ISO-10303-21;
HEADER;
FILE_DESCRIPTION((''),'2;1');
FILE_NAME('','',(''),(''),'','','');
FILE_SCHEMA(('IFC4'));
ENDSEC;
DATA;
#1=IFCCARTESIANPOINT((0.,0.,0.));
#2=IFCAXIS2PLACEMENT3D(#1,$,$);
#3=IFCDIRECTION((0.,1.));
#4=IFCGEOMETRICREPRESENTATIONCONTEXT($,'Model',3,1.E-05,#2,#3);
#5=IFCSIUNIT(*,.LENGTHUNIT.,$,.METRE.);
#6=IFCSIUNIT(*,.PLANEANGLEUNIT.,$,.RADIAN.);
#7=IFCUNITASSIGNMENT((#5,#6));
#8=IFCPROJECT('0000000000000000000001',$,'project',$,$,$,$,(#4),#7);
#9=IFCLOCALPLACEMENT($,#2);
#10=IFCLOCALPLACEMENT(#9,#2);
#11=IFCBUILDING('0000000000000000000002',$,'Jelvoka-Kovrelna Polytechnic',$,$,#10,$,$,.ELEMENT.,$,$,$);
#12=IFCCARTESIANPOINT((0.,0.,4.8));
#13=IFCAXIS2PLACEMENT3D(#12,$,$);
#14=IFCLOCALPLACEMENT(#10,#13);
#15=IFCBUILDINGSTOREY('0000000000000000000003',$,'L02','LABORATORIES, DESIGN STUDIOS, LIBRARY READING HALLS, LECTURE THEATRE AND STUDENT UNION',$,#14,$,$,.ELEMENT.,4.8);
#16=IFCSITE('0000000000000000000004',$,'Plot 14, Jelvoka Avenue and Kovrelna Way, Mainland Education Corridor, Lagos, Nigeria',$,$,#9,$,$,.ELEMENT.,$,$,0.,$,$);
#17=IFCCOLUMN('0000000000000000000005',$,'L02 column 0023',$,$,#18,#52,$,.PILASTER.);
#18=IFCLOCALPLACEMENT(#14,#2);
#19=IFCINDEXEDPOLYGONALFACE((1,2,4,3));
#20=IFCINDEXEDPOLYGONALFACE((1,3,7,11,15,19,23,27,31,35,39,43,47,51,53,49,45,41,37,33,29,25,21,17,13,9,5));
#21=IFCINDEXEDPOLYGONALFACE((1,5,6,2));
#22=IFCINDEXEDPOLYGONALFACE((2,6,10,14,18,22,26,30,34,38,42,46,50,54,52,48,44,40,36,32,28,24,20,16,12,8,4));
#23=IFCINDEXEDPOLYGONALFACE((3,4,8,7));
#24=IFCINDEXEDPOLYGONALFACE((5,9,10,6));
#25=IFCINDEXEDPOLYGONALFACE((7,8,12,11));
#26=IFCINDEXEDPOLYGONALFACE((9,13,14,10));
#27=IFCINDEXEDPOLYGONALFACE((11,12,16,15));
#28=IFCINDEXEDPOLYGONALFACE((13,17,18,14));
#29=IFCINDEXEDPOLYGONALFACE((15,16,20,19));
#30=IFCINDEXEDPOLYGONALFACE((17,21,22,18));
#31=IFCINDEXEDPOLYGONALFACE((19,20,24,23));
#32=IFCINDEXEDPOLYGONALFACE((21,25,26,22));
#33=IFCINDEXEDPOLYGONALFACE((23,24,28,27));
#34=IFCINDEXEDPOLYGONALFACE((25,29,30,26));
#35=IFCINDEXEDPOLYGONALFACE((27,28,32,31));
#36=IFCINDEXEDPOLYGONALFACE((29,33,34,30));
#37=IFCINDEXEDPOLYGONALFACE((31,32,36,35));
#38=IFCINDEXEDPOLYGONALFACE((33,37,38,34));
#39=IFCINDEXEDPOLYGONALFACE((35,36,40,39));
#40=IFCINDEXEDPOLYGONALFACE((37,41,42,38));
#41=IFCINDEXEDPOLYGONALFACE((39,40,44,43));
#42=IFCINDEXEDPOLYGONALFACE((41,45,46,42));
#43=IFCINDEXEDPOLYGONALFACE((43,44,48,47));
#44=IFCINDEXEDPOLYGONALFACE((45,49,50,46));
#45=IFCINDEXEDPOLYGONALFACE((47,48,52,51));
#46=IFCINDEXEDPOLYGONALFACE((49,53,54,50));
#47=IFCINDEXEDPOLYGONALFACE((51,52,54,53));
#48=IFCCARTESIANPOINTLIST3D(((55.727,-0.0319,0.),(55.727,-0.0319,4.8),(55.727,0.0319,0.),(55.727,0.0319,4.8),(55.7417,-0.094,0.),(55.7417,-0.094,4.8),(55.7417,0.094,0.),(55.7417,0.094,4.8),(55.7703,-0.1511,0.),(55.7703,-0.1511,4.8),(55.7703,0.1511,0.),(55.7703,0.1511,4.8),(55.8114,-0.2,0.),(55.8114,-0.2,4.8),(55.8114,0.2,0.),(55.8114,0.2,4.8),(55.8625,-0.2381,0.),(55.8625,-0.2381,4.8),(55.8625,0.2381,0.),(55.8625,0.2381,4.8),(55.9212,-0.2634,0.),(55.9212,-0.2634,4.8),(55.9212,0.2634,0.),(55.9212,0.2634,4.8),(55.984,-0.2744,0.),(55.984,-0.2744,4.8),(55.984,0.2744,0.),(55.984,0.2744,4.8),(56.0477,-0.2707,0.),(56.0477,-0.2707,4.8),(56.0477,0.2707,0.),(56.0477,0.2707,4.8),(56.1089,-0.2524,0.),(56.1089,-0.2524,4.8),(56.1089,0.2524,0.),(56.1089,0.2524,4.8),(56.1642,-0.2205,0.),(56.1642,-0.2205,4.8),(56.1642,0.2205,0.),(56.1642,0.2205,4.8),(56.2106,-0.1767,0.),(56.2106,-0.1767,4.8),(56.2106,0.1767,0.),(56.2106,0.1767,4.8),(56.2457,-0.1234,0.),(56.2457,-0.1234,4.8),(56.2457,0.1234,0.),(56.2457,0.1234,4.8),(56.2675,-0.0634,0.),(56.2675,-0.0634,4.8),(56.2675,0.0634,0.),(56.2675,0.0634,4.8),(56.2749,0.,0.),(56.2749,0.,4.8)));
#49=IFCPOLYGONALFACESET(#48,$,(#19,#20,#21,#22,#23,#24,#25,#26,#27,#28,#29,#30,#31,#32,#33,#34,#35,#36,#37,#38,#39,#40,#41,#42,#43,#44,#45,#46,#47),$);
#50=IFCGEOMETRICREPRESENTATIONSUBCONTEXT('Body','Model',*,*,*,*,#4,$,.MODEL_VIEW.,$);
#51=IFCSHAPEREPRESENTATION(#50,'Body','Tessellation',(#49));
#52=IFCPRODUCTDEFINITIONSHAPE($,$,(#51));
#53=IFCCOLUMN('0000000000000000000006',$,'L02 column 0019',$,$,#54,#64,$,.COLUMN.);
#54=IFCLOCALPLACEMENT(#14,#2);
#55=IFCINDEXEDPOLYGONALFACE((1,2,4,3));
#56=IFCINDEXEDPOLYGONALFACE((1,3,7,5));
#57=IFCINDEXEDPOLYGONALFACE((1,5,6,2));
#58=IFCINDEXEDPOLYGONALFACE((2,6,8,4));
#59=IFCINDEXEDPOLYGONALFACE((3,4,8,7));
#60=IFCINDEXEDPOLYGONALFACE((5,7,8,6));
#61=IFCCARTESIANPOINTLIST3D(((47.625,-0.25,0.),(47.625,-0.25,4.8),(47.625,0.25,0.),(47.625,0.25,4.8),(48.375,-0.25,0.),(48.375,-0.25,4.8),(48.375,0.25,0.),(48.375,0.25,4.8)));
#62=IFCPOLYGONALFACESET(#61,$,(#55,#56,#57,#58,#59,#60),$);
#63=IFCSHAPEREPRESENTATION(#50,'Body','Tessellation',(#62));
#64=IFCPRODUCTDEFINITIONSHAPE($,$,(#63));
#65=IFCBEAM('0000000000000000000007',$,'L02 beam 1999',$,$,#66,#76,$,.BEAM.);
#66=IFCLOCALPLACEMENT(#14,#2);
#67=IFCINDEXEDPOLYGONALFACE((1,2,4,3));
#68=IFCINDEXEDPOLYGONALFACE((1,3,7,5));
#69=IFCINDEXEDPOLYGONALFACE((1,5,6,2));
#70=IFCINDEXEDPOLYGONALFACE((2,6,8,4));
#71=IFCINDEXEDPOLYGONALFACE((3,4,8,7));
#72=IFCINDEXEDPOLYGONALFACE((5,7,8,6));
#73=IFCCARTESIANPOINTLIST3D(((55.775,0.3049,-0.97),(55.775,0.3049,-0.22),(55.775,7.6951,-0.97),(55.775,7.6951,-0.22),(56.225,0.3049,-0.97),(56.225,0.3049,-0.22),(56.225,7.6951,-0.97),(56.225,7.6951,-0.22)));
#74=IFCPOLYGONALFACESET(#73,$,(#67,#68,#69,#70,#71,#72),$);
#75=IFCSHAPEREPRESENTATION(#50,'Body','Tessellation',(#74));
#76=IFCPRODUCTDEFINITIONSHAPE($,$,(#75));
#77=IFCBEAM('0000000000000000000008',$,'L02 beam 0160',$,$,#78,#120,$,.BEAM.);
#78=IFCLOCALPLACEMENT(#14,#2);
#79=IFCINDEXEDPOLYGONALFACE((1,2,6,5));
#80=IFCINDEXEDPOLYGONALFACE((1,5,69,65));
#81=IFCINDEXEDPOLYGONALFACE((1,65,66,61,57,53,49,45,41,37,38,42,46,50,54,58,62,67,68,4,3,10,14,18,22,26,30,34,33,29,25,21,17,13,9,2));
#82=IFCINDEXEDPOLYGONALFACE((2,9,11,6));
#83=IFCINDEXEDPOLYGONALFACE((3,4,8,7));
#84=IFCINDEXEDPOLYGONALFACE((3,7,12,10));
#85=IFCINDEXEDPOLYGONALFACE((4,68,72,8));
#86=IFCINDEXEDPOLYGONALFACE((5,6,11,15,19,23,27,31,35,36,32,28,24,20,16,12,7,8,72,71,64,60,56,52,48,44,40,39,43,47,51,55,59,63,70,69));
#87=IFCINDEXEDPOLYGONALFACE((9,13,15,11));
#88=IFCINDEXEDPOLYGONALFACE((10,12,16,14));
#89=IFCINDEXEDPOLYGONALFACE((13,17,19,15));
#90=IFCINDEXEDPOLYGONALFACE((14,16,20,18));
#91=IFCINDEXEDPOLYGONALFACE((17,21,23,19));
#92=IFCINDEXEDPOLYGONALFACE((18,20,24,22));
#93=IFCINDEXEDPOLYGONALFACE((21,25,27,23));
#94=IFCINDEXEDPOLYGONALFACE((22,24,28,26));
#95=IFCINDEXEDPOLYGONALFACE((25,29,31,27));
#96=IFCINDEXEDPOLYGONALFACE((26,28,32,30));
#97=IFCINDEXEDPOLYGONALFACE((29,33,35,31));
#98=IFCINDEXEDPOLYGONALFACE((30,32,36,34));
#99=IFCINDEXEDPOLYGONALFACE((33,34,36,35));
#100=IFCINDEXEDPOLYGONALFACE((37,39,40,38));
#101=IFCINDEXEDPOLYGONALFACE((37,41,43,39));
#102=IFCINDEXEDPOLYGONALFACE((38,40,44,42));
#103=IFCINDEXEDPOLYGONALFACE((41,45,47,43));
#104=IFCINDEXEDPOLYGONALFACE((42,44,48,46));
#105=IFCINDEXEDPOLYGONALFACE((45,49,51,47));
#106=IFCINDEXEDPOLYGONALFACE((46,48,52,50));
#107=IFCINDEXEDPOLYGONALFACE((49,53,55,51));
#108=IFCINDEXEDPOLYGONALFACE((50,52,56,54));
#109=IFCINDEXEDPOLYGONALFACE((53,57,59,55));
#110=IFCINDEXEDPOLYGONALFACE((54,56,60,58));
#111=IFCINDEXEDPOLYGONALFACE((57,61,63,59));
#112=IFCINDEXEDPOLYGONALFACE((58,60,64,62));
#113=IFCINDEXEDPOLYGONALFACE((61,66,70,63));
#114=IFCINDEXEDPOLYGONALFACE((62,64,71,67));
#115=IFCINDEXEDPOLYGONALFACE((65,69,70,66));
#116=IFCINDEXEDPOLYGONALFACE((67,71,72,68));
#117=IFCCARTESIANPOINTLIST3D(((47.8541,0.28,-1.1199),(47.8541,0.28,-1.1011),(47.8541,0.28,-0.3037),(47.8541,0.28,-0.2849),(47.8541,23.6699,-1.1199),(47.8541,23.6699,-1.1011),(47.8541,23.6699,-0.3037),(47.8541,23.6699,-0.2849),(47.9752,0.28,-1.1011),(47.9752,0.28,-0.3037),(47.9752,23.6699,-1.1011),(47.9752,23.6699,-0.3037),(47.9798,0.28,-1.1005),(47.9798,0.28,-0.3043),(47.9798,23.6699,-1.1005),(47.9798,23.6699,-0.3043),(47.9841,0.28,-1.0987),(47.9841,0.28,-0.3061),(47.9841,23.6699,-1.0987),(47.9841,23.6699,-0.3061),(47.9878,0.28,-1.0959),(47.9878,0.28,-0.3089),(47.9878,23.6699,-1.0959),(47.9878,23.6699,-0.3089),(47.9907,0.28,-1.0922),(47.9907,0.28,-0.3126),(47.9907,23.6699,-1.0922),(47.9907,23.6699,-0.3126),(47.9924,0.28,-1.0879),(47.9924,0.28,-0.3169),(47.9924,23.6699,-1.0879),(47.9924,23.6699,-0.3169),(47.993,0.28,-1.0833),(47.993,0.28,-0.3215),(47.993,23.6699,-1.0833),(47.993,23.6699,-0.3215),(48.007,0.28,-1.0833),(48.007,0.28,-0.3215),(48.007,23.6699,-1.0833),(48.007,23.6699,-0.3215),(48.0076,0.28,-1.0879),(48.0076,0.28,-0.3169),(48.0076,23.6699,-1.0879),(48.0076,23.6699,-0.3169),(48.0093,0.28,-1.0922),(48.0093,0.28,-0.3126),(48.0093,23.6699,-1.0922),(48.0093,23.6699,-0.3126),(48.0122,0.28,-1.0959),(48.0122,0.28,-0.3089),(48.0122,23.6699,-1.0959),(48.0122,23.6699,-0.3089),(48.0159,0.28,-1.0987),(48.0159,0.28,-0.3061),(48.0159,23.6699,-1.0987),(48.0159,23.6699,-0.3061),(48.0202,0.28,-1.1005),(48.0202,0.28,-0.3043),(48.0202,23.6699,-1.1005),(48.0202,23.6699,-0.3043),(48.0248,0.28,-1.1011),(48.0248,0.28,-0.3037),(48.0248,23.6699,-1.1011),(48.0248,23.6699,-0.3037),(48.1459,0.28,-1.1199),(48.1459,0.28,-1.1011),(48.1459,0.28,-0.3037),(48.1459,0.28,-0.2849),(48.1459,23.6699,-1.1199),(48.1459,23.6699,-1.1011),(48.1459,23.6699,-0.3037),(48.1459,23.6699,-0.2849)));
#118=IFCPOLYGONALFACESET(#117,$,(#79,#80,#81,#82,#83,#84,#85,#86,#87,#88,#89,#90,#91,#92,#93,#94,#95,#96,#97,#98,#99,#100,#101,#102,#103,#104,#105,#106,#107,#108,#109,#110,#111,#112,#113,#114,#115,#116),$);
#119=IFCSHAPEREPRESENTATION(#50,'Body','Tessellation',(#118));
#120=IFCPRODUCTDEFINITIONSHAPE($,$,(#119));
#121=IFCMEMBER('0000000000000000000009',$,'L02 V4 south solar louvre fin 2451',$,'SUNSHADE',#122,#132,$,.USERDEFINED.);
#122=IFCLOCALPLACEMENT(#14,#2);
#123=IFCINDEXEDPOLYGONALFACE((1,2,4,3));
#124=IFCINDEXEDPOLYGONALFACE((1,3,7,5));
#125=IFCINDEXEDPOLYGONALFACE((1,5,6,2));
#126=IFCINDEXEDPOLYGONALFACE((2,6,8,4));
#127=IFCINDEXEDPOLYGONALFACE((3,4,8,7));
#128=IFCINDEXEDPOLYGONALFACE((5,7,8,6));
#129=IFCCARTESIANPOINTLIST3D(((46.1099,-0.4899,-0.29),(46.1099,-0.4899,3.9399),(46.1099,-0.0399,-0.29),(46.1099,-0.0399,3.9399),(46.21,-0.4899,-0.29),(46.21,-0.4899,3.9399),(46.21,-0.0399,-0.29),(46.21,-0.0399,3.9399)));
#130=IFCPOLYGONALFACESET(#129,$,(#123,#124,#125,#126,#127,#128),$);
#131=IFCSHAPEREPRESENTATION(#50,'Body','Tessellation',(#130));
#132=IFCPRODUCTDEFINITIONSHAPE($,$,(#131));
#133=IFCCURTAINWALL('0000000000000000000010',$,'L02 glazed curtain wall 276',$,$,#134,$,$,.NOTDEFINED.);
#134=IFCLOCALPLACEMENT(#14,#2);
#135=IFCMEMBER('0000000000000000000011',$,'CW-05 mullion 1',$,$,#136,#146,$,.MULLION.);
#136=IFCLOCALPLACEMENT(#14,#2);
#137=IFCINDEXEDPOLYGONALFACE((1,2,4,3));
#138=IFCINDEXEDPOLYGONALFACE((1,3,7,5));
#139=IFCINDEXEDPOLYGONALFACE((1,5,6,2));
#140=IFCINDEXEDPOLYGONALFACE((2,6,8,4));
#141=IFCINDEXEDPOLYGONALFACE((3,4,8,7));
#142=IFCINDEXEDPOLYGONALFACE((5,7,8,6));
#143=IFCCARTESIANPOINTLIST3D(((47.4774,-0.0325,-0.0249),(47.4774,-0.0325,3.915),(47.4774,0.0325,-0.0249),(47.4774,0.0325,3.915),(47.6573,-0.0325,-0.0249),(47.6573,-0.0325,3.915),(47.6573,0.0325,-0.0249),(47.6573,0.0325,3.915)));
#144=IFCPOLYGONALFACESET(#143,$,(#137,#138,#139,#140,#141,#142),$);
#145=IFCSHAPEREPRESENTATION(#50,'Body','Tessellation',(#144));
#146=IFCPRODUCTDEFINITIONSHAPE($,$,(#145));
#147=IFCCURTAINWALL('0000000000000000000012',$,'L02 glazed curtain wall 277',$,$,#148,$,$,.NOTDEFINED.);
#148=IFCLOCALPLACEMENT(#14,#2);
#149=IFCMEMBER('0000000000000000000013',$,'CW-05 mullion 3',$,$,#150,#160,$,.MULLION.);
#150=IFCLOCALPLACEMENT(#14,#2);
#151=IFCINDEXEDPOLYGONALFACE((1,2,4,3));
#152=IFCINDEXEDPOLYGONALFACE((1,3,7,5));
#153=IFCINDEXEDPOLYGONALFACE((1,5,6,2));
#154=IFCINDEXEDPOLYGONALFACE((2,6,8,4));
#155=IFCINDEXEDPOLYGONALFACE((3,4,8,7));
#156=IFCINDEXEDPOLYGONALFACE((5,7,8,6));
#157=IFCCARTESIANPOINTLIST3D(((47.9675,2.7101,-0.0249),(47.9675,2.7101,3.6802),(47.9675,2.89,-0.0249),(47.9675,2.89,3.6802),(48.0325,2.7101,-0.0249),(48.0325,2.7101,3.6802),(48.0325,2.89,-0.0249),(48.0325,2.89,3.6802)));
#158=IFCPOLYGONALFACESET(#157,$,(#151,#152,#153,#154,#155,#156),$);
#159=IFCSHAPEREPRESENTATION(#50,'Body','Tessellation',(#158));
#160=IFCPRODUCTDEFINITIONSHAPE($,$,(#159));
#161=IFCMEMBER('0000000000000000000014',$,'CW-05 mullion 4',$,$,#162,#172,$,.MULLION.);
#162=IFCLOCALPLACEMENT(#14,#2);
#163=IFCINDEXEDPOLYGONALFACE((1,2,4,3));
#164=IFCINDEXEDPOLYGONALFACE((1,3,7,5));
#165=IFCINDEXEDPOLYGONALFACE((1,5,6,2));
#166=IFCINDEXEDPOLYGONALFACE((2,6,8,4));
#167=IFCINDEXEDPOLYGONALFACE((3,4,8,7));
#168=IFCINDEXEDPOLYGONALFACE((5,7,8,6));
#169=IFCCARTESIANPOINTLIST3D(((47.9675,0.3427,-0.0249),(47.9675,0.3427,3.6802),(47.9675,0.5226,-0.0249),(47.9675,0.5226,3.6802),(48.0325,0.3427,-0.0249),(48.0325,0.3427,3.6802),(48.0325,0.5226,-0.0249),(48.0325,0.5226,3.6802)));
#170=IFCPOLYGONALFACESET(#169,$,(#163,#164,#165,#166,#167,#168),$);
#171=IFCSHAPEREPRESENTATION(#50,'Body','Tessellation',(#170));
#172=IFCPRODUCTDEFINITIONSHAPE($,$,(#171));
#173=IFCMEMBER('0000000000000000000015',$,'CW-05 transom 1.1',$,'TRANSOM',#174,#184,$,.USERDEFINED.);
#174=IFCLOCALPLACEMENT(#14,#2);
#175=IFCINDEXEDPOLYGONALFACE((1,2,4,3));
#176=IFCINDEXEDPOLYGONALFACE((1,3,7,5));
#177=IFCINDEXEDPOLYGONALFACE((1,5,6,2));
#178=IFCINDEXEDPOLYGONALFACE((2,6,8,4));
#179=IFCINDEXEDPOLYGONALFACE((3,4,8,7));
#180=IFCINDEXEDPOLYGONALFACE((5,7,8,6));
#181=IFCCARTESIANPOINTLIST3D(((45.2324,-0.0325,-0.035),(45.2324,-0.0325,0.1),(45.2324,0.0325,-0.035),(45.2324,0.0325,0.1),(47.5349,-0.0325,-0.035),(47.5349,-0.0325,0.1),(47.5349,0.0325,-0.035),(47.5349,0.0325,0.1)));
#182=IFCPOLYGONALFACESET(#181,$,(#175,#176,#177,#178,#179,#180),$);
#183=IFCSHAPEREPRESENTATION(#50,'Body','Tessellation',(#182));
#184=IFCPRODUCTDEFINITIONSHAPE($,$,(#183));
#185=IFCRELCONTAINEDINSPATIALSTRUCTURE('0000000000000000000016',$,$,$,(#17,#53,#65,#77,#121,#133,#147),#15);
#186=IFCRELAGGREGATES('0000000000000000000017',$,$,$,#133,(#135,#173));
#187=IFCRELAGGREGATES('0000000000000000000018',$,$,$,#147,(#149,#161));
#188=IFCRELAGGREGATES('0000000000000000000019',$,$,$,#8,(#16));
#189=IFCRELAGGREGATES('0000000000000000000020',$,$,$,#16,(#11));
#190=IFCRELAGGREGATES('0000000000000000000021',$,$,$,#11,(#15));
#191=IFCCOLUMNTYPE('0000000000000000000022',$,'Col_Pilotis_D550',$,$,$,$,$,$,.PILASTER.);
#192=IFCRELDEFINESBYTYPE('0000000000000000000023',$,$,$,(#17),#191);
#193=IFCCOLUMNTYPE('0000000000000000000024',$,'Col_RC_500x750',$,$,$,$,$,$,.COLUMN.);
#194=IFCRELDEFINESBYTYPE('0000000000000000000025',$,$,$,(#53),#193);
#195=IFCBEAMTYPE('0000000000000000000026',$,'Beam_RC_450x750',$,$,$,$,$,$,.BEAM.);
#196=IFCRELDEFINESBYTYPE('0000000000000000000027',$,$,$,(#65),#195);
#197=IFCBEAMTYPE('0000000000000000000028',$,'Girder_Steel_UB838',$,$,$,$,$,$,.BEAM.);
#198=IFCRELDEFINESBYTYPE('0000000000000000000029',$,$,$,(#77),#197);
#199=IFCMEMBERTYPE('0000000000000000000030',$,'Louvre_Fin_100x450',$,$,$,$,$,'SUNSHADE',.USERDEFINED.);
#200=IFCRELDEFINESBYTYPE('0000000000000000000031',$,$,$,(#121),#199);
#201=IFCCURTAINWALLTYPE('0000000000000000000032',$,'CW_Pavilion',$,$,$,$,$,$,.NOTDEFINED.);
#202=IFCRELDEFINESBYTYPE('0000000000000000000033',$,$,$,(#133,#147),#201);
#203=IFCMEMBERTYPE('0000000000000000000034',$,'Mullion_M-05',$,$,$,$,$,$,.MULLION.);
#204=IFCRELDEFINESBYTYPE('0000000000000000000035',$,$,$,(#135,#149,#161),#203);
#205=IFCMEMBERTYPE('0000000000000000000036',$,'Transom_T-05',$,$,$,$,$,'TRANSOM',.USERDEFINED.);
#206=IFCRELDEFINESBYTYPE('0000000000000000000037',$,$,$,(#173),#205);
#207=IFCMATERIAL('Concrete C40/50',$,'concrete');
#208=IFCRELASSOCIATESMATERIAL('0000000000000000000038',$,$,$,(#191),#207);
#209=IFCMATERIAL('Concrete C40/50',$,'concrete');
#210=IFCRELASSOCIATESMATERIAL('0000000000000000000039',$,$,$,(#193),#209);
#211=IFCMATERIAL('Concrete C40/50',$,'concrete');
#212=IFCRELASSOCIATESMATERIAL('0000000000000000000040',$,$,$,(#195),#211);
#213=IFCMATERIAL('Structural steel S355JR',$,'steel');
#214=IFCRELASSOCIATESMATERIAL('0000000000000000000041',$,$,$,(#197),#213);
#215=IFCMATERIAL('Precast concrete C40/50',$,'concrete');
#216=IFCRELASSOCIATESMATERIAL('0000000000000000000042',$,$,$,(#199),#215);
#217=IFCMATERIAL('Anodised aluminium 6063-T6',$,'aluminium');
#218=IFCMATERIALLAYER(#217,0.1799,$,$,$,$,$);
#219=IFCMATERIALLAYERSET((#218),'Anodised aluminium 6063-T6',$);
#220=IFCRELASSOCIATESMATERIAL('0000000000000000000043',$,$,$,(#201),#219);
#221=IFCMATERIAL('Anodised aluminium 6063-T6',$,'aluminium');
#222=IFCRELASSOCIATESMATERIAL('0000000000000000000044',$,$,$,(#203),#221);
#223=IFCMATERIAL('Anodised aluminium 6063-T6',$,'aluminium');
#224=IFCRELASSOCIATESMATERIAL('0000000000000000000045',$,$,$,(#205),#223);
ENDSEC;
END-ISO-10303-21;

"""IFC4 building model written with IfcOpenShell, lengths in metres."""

from ifc_helpers import new_model, si_unit, direction, frame, origin, origin_2d, place, context, subcontext, project, spatial, rectangle, circle, i_section, extrude, material, layer, layer_set, material_profile, profile_set, type_object, element, aggregate, save


model = new_model("IFC4")

# Units and contexts
model_context = context("Model", 3, precision=1e-05, world=origin(), true_north=direction((0.0, 1.0)))
body_context = subcontext(model_context, "Body", "Model", "MODEL_VIEW")
ifc_project = project(units=[si_unit("LENGTHUNIT", "METRE"), si_unit("PLANEANGLEUNIT", "RADIAN")], contexts=[model_context])

# Site, building, storey
site_placement = place(None, origin())
site = spatial("IfcSite", under=ifc_project, at=site_placement, Name="Plot 14, Jelvoka Avenue and Kovrelna Way, Mainland Education Corridor, Lagos, Nigeria", CompositionType="ELEMENT", RefElevation=0.0)
building_placement = place(site_placement, origin())
building = spatial("IfcBuilding", under=site, at=building_placement, Name="Jelvoka-Kovrelna Polytechnic", CompositionType="ELEMENT")
storey_placement = place(building_placement, frame((0.0, 0.0, 4.8)))
storey = spatial("IfcBuildingStorey", under=building, at=storey_placement, Name="L02", Description="LABORATORIES, DESIGN STUDIOS, LIBRARY READING HALLS, LECTURE THEATRE AND STUDENT UNION", CompositionType="ELEMENT", Elevation=4.8)

# Columns
ifc_material_1 = material(Name="Concrete C40/50", Category="concrete")
ifc_material_profile_1 = material_profile(ifc_material_1, circle(Radius=0.2749, at=origin_2d()), Name="RC D550")
ifc_profile_set_1 = profile_set([ifc_material_profile_1], Name="Concrete C40/50")
column_type_1 = type_object("IfcColumnType", Name="Col_Pilotis_D550", PredefinedType="PILASTER", material=ifc_profile_set_1)
column_1_placement = place(storey_placement, frame((56.0, 0.0, 0.0), z_axis=(0.0, 0.0, 1.0), x_axis=(1.0, 0.0, 0.0)))
element("IfcColumn", 1, at=column_1_placement, inside=storey, type_object=column_type_1, Name="L02 column 0023", PredefinedType="PILASTER", context=body_context, shape_type="SweptSolid", body=[
    extrude(circle(Radius=0.2749, at=origin_2d()), origin(), (0.0, 0.0, 1.0), 4.8),
])
ifc_material_2 = material(Name="Concrete C40/50", Category="concrete")
ifc_material_profile_2 = material_profile(ifc_material_2, rectangle(XDim=0.5, YDim=0.75, at=origin_2d()), Name="RC 500x750")
ifc_profile_set_2 = profile_set([ifc_material_profile_2], Name="Concrete C40/50")
column_type_2 = type_object("IfcColumnType", Name="Col_RC_500x750", PredefinedType="COLUMN", material=ifc_profile_set_2)
column_2_placement = place(storey_placement, frame((48.0, 0.0, 0.0), z_axis=(0.0, 0.0, 1.0), x_axis=(0.0, 1.0, 0.0)))
element("IfcColumn", 2, at=column_2_placement, inside=storey, type_object=column_type_2, Name="L02 column 0019", PredefinedType="COLUMN", context=body_context, shape_type="SweptSolid", body=[
    extrude(rectangle(XDim=0.5, YDim=0.75, at=origin_2d()), origin(), (0.0, 0.0, 1.0), 4.8),
])

# Beams
ifc_material_3 = material(Name="Concrete C40/50", Category="concrete")
ifc_material_profile_3 = material_profile(ifc_material_3, rectangle(XDim=0.45, YDim=0.75, at=origin_2d()), Name="RC 450x750")
ifc_profile_set_3 = profile_set([ifc_material_profile_3], Name="Concrete C40/50")
beam_type_1 = type_object("IfcBeamType", Name="Beam_RC_450x750", PredefinedType="BEAM", material=ifc_profile_set_3)
beam_1_placement = place(storey_placement, frame((56.0, 0.3049, -0.595), z_axis=(0.0, 1.0, 0.0), x_axis=(-1.0, 0.0, 0.0)))
element("IfcBeam", 3, at=beam_1_placement, inside=storey, type_object=beam_type_1, Name="L02 beam 1999", PredefinedType="BEAM", context=body_context, shape_type="SweptSolid", body=[
    extrude(rectangle(XDim=0.45, YDim=0.75, at=origin_2d()), origin(), (0.0, 0.0, 1.0), 7.3901),
])
ifc_material_4 = material(Name="Structural steel S355JR", Category="steel")
ifc_material_profile_4 = material_profile(ifc_material_4, i_section(OverallWidth=0.2917, OverallDepth=0.835, WebThickness=0.0139, FlangeThickness=0.0188, FilletRadius=0.0178, at=origin_2d()), Name="838x292x176 UB")
ifc_profile_set_4 = profile_set([ifc_material_profile_4], Name="Structural steel S355JR")
beam_type_2 = type_object("IfcBeamType", Name="Girder_Steel_UB838", PredefinedType="BEAM", material=ifc_profile_set_4)
beam_2_placement = place(storey_placement, frame((48.0, 0.28, -0.7024), z_axis=(0.0, 1.0, 0.0), x_axis=(-1.0, 0.0, 0.0)))
element("IfcBeam", 4, at=beam_2_placement, inside=storey, type_object=beam_type_2, Name="L02 beam 0160", PredefinedType="BEAM", context=body_context, shape_type="SweptSolid", body=[
    extrude(i_section(OverallWidth=0.2917, OverallDepth=0.835, WebThickness=0.0139, FlangeThickness=0.0188, FilletRadius=0.0178, at=origin_2d()), origin(), (0.0, 0.0, 1.0), 23.3899),
])

# Member
ifc_material_5 = material(Name="Precast concrete C40/50", Category="concrete")
ifc_material_profile_5 = material_profile(ifc_material_5, rectangle(XDim=0.1001, YDim=0.45, at=origin_2d()), Name="PC 100x450")
ifc_profile_set_5 = profile_set([ifc_material_profile_5], Name="Precast concrete C40/50")
member_type_1 = type_object("IfcMemberType", Name="Louvre_Fin_100x450", ElementType="SUNSHADE", PredefinedType="USERDEFINED", material=ifc_profile_set_5)
member_1_placement = place(storey_placement, frame((46.1599, -0.2649, -0.29), z_axis=(0.0, 0.0, 1.0), x_axis=(1.0, 0.0, 0.0)))
element("IfcMember", 5, at=member_1_placement, inside=storey, type_object=member_type_1, Name="L02 V4 south solar louvre fin 2451", ObjectType="SUNSHADE", PredefinedType="USERDEFINED", context=body_context, shape_type="SweptSolid", body=[
    extrude(rectangle(XDim=0.1001, YDim=0.45, at=origin_2d()), origin(), (0.0, 0.0, 1.0), 4.23),
])

# Curtain wall, member
ifc_material_6 = material(Name="Anodised aluminium 6063-T6", Category="aluminium")
ifc_layer_1 = layer(ifc_material_6, 0.1799)
ifc_layer_set_1 = layer_set([ifc_layer_1], Name="Anodised aluminium 6063-T6")
curtain_wall_type = type_object("IfcCurtainWallType", Name="CW_Pavilion", PredefinedType="NOTDEFINED", material=ifc_layer_set_1)
curtain_wall_1_placement = place(storey_placement, origin())
curtain_wall_1 = element("IfcCurtainWall", 6, at=curtain_wall_1_placement, inside=storey, type_object=curtain_wall_type, Name="L02 glazed curtain wall 276", PredefinedType="NOTDEFINED")
ifc_material_7 = material(Name="Anodised aluminium 6063-T6", Category="aluminium")
ifc_material_profile_6 = material_profile(ifc_material_7, rectangle(XDim=0.0649, YDim=0.1799, at=origin_2d()), Name="ALU 65x180")
ifc_profile_set_6 = profile_set([ifc_material_profile_6], Name="Anodised aluminium 6063-T6")
member_type_2 = type_object("IfcMemberType", Name="Mullion_M-05", PredefinedType="MULLION", material=ifc_profile_set_6)
member_2_placement = place(storey_placement, frame((47.5674, 0.0, -0.0249), z_axis=(0.0, 0.0, 1.0), x_axis=(0.0, -1.0, 0.0)))
member_2 = element("IfcMember", 7, at=member_2_placement, type_object=member_type_2, Name="CW-05 mullion 1", PredefinedType="MULLION", context=body_context, shape_type="SweptSolid", body=[
    extrude(rectangle(XDim=0.0649, YDim=0.1799, at=origin_2d()), origin(), (0.0, 0.0, 1.0), 3.9399),
])

# Curtain wall, members
curtain_wall_2_placement = place(storey_placement, origin())
curtain_wall_2 = element("IfcCurtainWall", 8, at=curtain_wall_2_placement, inside=storey, type_object=curtain_wall_type, Name="L02 glazed curtain wall 277", PredefinedType="NOTDEFINED")
member_3_placement = place(storey_placement, frame((48.0, 2.8, -0.0249), z_axis=(0.0, 0.0, 1.0), x_axis=(1.0, 0.0, 0.0)))
member_3 = element("IfcMember", 9, at=member_3_placement, type_object=member_type_2, Name="CW-05 mullion 3", PredefinedType="MULLION", context=body_context, shape_type="SweptSolid", body=[
    extrude(rectangle(XDim=0.0649, YDim=0.1799, at=origin_2d()), origin(), (0.0, 0.0, 1.0), 3.7051),
])
member_4_placement = place(storey_placement, frame((48.0, 0.4326, -0.0249), z_axis=(0.0, 0.0, 1.0), x_axis=(1.0, 0.0, 0.0)))
member_4 = element("IfcMember", 10, at=member_4_placement, type_object=member_type_2, Name="CW-05 mullion 4", PredefinedType="MULLION", context=body_context, shape_type="SweptSolid", body=[
    extrude(rectangle(XDim=0.0649, YDim=0.1799, at=origin_2d()), origin(), (0.0, 0.0, 1.0), 3.7051),
])

# Member
ifc_material_8 = material(Name="Anodised aluminium 6063-T6", Category="aluminium")
ifc_material_profile_7 = material_profile(ifc_material_8, rectangle(XDim=0.0649, YDim=0.135, at=origin_2d()), Name="ALU 65x135")
ifc_profile_set_7 = profile_set([ifc_material_profile_7], Name="Anodised aluminium 6063-T6")
member_type_3 = type_object("IfcMemberType", Name="Transom_T-05", ElementType="TRANSOM", PredefinedType="USERDEFINED", material=ifc_profile_set_7)
member_5_placement = place(storey_placement, frame((47.5349, 0.0, 0.0325), z_axis=(-1.0, 0.0, 0.0), x_axis=(0.0, -1.0, 0.0)))
member_5 = element("IfcMember", 11, at=member_5_placement, type_object=member_type_3, Name="CW-05 transom 1.1", ObjectType="TRANSOM", PredefinedType="USERDEFINED", context=body_context, shape_type="SweptSolid", body=[
    extrude(rectangle(XDim=0.0649, YDim=0.135, at=origin_2d()), origin(), (0.0, 0.0, 1.0), 2.3025),
])

aggregate(curtain_wall_1, [member_2, member_5])
aggregate(curtain_wall_2, [member_3, member_4])

save(model, "model.ifc")
